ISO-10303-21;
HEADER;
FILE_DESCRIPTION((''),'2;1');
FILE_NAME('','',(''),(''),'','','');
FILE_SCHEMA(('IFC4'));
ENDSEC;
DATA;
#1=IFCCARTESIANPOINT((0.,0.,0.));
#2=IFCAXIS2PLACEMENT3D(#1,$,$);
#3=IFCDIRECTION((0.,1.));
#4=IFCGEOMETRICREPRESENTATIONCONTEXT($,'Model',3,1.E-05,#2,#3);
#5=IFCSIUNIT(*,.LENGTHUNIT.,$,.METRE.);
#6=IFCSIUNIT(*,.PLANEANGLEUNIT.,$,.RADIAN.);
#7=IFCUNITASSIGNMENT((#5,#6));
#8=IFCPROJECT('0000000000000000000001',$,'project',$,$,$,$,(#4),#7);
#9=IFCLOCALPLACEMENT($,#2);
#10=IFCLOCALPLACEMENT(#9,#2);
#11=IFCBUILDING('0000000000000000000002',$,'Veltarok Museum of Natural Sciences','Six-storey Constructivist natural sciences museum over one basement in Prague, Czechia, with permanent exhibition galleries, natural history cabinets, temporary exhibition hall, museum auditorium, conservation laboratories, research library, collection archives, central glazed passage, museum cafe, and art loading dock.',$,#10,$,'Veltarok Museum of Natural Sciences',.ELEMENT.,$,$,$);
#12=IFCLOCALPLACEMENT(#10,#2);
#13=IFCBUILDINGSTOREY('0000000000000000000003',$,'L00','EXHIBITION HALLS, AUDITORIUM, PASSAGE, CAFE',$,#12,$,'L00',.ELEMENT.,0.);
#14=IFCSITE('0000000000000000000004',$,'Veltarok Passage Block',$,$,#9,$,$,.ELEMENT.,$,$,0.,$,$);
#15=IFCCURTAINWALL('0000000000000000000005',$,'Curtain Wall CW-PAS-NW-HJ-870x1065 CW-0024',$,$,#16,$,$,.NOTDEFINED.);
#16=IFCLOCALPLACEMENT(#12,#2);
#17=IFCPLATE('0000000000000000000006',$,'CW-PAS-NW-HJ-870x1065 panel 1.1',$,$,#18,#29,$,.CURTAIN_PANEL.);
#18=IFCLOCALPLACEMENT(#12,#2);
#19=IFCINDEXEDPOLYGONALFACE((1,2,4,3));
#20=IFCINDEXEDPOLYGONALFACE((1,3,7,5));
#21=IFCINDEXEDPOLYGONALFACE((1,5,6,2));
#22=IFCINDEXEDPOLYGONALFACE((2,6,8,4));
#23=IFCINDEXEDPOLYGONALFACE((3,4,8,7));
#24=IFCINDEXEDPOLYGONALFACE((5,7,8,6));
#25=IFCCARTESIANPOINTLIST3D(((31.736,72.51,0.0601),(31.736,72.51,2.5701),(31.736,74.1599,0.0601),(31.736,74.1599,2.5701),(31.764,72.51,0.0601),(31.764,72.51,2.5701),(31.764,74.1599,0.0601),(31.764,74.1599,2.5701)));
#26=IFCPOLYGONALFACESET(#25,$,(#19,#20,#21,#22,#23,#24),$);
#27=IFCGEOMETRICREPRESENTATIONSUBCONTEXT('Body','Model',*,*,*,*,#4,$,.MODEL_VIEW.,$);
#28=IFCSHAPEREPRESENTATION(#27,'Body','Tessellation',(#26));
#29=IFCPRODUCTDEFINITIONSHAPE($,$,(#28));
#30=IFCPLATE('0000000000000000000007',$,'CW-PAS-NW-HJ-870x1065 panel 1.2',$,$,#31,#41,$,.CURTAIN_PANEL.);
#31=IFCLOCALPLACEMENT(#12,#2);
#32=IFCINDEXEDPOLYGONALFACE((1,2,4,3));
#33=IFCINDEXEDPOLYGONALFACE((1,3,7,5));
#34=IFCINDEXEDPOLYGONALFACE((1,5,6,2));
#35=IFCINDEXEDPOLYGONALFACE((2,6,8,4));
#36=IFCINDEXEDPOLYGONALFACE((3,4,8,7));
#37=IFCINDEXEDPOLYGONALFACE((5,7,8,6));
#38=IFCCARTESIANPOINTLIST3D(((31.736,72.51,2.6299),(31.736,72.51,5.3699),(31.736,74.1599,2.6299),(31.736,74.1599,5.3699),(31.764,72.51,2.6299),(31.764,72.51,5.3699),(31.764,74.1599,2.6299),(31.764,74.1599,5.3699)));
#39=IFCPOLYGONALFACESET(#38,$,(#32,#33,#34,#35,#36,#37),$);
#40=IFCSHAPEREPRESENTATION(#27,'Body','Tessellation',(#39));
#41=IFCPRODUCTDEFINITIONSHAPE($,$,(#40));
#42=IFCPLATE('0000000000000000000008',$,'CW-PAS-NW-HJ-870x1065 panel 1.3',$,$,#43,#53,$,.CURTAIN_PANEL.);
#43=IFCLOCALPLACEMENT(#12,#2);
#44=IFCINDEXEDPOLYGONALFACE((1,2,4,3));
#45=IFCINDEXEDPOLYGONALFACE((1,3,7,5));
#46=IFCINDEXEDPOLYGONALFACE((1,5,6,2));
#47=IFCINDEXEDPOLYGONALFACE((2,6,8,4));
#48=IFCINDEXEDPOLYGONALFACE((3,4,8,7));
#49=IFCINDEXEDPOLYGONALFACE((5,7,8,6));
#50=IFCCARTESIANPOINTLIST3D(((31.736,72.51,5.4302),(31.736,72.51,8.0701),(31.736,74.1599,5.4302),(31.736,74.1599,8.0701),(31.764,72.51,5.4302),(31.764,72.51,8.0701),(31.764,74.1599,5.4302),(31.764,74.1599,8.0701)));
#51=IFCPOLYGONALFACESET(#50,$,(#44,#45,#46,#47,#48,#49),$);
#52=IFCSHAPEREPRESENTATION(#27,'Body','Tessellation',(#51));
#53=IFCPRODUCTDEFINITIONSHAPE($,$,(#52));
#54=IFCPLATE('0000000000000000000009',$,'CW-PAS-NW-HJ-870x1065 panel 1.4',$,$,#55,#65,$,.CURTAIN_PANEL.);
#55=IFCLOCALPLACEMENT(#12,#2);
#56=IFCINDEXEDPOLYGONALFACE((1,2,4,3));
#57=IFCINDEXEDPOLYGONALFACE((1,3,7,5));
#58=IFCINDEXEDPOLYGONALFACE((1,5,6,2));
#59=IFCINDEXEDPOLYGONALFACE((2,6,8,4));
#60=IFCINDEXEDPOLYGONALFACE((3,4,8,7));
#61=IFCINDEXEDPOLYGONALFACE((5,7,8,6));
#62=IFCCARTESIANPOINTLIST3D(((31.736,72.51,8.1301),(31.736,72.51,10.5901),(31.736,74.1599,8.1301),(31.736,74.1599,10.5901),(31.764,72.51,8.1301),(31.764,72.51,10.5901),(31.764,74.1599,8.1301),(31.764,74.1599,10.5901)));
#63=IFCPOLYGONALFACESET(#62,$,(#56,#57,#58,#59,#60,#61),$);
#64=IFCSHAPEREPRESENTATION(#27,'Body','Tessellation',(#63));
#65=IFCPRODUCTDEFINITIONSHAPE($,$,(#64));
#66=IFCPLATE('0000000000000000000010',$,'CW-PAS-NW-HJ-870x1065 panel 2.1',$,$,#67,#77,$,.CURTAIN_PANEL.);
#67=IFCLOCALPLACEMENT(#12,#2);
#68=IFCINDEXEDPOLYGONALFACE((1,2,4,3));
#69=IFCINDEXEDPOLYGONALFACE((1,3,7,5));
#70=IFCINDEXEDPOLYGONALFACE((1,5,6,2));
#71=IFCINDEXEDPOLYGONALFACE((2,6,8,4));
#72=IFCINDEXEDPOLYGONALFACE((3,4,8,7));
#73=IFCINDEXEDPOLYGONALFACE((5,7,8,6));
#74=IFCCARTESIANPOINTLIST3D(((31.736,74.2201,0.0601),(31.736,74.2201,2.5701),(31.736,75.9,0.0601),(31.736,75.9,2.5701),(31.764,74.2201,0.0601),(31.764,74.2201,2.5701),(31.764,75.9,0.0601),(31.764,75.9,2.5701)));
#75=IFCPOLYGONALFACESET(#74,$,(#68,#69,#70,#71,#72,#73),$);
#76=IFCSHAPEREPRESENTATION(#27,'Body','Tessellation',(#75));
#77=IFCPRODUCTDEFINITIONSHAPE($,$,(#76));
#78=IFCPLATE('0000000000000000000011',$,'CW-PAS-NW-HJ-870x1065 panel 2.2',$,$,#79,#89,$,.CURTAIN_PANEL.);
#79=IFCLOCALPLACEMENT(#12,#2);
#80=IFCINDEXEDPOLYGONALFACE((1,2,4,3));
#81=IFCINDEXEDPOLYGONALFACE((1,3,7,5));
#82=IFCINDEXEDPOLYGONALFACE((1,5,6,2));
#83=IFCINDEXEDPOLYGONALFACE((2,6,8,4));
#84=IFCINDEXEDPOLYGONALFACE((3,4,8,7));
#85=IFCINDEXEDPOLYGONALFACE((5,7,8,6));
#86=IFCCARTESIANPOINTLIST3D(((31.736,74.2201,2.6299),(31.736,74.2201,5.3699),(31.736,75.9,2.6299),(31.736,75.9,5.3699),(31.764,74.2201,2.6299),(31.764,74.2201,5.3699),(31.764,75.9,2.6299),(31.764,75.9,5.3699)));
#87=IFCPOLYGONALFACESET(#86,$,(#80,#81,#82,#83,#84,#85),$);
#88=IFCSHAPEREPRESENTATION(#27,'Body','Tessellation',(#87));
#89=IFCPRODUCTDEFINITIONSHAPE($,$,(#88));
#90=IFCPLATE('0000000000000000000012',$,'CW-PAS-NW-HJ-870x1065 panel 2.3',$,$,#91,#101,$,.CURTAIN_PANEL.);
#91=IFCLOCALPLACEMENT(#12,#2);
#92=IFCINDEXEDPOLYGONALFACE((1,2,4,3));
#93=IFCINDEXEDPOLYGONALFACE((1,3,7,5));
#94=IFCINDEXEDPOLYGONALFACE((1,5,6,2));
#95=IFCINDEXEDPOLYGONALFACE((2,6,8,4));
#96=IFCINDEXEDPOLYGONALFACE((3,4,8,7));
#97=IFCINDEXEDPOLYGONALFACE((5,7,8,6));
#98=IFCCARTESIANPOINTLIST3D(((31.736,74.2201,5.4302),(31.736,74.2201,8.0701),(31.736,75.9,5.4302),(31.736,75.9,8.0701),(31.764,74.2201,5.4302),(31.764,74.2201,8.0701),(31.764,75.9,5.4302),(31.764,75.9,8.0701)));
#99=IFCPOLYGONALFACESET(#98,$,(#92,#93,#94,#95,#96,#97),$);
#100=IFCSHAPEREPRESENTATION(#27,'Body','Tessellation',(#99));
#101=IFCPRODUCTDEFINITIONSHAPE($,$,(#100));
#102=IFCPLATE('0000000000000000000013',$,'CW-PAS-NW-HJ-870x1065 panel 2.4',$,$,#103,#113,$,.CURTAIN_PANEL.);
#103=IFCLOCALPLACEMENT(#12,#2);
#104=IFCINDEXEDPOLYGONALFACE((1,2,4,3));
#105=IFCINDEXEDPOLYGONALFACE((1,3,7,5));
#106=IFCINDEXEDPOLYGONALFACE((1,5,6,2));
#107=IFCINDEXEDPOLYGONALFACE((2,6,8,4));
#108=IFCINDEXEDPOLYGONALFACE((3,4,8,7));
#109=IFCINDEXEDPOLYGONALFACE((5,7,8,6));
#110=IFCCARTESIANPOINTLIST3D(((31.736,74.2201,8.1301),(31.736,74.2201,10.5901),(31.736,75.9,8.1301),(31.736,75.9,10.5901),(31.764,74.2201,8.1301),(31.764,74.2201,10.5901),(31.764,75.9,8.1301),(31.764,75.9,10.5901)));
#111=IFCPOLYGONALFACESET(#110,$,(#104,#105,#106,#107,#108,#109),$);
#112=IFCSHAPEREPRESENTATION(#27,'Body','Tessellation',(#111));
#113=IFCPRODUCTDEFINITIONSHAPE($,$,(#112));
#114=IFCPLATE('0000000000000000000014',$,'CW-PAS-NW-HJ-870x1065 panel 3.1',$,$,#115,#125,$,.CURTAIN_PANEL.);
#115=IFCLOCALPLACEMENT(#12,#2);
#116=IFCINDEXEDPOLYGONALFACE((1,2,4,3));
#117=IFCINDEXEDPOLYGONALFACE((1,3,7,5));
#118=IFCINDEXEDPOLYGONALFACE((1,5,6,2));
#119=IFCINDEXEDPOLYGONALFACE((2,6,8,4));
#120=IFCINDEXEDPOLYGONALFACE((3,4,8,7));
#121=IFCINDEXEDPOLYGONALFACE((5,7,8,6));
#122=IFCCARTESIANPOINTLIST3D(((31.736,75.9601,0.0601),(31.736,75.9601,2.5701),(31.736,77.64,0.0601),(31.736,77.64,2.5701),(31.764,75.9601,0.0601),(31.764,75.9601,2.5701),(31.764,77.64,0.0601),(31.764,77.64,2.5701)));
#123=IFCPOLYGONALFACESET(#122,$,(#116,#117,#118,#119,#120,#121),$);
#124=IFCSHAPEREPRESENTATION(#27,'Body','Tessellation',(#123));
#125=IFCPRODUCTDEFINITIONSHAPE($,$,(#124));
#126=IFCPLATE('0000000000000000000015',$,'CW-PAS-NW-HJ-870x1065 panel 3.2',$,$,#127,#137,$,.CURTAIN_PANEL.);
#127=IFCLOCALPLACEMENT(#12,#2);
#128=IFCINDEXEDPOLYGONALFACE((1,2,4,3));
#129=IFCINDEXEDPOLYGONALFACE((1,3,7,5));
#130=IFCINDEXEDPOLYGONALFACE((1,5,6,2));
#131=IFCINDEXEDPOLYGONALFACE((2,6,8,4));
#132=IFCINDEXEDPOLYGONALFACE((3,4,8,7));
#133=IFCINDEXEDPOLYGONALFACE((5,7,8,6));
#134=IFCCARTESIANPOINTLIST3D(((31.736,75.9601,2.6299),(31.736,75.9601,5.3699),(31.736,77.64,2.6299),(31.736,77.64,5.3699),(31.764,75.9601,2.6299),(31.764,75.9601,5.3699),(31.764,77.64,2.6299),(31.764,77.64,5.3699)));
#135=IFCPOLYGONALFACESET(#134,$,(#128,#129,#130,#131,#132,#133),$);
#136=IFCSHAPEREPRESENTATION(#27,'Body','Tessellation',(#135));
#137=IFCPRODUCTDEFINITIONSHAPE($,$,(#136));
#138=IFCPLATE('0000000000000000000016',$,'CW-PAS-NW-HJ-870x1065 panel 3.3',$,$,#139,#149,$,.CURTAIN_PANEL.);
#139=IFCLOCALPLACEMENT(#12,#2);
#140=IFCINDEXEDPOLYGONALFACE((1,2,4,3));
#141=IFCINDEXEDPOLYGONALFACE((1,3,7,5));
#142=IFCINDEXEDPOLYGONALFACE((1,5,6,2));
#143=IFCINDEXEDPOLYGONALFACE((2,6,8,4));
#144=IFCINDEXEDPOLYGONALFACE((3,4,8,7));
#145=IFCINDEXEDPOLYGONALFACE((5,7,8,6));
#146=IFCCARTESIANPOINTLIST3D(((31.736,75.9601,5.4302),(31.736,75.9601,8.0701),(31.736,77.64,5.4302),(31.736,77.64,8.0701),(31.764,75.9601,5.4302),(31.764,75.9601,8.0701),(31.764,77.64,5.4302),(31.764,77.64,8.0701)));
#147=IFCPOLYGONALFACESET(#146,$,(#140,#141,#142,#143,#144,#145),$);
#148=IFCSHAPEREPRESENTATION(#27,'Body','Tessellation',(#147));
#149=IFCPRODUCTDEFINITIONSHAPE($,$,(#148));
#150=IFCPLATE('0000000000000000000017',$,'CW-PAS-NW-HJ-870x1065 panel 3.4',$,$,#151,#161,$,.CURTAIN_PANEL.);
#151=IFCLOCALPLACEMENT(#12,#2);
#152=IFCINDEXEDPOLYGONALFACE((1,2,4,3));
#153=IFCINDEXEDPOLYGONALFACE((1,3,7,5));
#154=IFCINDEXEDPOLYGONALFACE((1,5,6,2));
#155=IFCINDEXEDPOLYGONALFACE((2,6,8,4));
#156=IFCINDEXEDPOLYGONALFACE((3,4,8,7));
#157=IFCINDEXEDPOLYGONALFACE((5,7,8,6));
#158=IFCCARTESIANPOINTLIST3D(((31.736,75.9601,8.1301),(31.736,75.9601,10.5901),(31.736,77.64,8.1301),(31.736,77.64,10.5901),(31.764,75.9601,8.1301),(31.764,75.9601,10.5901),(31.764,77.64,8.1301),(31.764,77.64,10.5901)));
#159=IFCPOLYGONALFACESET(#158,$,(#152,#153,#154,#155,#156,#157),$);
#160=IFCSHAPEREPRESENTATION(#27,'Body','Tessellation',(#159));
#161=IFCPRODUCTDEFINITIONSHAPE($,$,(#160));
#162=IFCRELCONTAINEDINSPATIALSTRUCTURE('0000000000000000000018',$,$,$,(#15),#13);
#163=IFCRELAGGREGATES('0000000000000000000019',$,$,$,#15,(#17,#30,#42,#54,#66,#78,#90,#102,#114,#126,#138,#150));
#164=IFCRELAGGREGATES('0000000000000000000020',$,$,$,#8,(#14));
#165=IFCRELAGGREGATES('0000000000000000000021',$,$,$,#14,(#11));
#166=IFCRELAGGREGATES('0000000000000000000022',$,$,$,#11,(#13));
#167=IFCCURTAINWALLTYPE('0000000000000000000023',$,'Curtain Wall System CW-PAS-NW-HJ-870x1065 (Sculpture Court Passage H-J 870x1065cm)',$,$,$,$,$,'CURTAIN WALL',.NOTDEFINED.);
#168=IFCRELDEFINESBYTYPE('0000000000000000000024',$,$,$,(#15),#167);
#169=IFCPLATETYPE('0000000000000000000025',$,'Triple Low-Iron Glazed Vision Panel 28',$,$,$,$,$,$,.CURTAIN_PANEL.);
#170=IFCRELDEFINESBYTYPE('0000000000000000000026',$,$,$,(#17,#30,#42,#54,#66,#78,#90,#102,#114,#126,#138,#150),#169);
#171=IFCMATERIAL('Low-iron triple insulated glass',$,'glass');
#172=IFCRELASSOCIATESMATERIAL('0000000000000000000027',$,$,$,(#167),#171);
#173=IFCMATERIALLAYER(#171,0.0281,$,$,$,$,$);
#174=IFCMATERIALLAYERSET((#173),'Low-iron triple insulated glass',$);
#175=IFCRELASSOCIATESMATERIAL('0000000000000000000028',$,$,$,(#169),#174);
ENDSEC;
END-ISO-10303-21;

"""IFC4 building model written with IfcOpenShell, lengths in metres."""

from ifc_helpers import new_model, si_unit, direction, frame, origin, origin_2d, place, context, subcontext, project, spatial, rectangle, extrude, material, layer, layer_set, type_object, element, aggregate, save


model = new_model("IFC4")

# Units and contexts
model_context = context("Model", 3, precision=1e-05, world=origin(), true_north=direction((0.0, 1.0)))
body_context = subcontext(model_context, "Body", "Model", "MODEL_VIEW")
ifc_project = project(units=[si_unit("LENGTHUNIT", "METRE"), si_unit("PLANEANGLEUNIT", "RADIAN")], contexts=[model_context])

# Site, building, storey
site_placement = place(None, origin())
site = spatial("IfcSite", under=ifc_project, at=site_placement, Name="Veltarok Passage Block", CompositionType="ELEMENT", RefElevation=0.0)
building_placement = place(site_placement, origin())
building = spatial("IfcBuilding", under=site, at=building_placement, Name="Veltarok Museum of Natural Sciences", Description="Six-storey Constructivist natural sciences museum over one basement in Prague, Czechia, with permanent exhibition galleries, natural history cabinets, temporary exhibition hall, museum auditorium, conservation laboratories, research library, collection archives, central glazed passage, museum cafe, and art loading dock.", LongName="Veltarok Museum of Natural Sciences", CompositionType="ELEMENT")
storey_placement = place(building_placement, origin())
storey = spatial("IfcBuildingStorey", under=building, at=storey_placement, Name="L00", Description="EXHIBITION HALLS, AUDITORIUM, PASSAGE, CAFE", LongName="L00", CompositionType="ELEMENT", Elevation=0.0)

# Curtain wall
ifc_material_1 = material(Name="Low-iron triple insulated glass", Category="glass")
curtain_wall_type = type_object("IfcCurtainWallType", Name="Curtain Wall System CW-PAS-NW-HJ-870x1065 (Sculpture Court Passage H-J 870x1065cm)", ElementType="CURTAIN WALL", PredefinedType="NOTDEFINED", material=ifc_material_1)
curtain_wall_placement = place(storey_placement, origin())
curtain_wall = element("IfcCurtainWall", 1, at=curtain_wall_placement, inside=storey, type_object=curtain_wall_type, Name="Curtain Wall CW-PAS-NW-HJ-870x1065 CW-0024", PredefinedType="NOTDEFINED")

# Plates
ifc_layer = layer(ifc_material_1, 0.0281)
ifc_layer_set = layer_set([ifc_layer], Name="Low-iron triple insulated glass")
plate_type = type_object("IfcPlateType", Name="Triple Low-Iron Glazed Vision Panel 28", PredefinedType="CURTAIN_PANEL", material=ifc_layer_set)
plate_1_placement = place(storey_placement, frame((31.75, 73.335, 0.0601), z_axis=(0.0, 0.0, 1.0), x_axis=(0.0, 1.0, 0.0)))
plate_1 = element("IfcPlate", 2, at=plate_1_placement, type_object=plate_type, Name="CW-PAS-NW-HJ-870x1065 panel 1.1", PredefinedType="CURTAIN_PANEL", context=body_context, shape_type="SweptSolid", body=[
    extrude(rectangle(XDim=1.6499, YDim=0.0281, at=origin_2d()), origin(), (0.0, 0.0, 1.0), 2.51),
])
plate_2_placement = place(storey_placement, frame((31.75, 73.335, 2.6299), z_axis=(0.0, 0.0, 1.0), x_axis=(0.0, 1.0, 0.0)))
plate_2 = element("IfcPlate", 3, at=plate_2_placement, type_object=plate_type, Name="CW-PAS-NW-HJ-870x1065 panel 1.2", PredefinedType="CURTAIN_PANEL", context=body_context, shape_type="SweptSolid", body=[
    extrude(rectangle(XDim=1.6499, YDim=0.0281, at=origin_2d()), origin(), (0.0, 0.0, 1.0), 2.74),
])
plate_3_placement = place(storey_placement, frame((31.75, 73.335, 5.4302), z_axis=(0.0, 0.0, 1.0), x_axis=(0.0, 1.0, 0.0)))
plate_3 = element("IfcPlate", 4, at=plate_3_placement, type_object=plate_type, Name="CW-PAS-NW-HJ-870x1065 panel 1.3", PredefinedType="CURTAIN_PANEL", context=body_context, shape_type="SweptSolid", body=[
    extrude(rectangle(XDim=1.6499, YDim=0.0281, at=origin_2d()), origin(), (0.0, 0.0, 1.0), 2.6399),
])
plate_4_placement = place(storey_placement, frame((31.75, 73.335, 8.1301), z_axis=(0.0, 0.0, 1.0), x_axis=(0.0, 1.0, 0.0)))
plate_4 = element("IfcPlate", 5, at=plate_4_placement, type_object=plate_type, Name="CW-PAS-NW-HJ-870x1065 panel 1.4", PredefinedType="CURTAIN_PANEL", context=body_context, shape_type="SweptSolid", body=[
    extrude(rectangle(XDim=1.6499, YDim=0.0281, at=origin_2d()), origin(), (0.0, 0.0, 1.0), 2.46),
])
plate_5_placement = place(storey_placement, frame((31.75, 75.0601, 0.0601), z_axis=(0.0, 0.0, 1.0), x_axis=(0.0, 1.0, 0.0)))
plate_5 = element("IfcPlate", 6, at=plate_5_placement, type_object=plate_type, Name="CW-PAS-NW-HJ-870x1065 panel 2.1", PredefinedType="CURTAIN_PANEL", context=body_context, shape_type="SweptSolid", body=[
    extrude(rectangle(XDim=1.6799, YDim=0.0281, at=origin_2d()), origin(), (0.0, 0.0, 1.0), 2.51),
])
plate_6_placement = place(storey_placement, frame((31.75, 75.0601, 2.6299), z_axis=(0.0, 0.0, 1.0), x_axis=(0.0, 1.0, 0.0)))
plate_6 = element("IfcPlate", 7, at=plate_6_placement, type_object=plate_type, Name="CW-PAS-NW-HJ-870x1065 panel 2.2", PredefinedType="CURTAIN_PANEL", context=body_context, shape_type="SweptSolid", body=[
    extrude(rectangle(XDim=1.6799, YDim=0.0281, at=origin_2d()), origin(), (0.0, 0.0, 1.0), 2.74),
])
plate_7_placement = place(storey_placement, frame((31.75, 75.0601, 5.4302), z_axis=(0.0, 0.0, 1.0), x_axis=(0.0, 1.0, 0.0)))
plate_7 = element("IfcPlate", 8, at=plate_7_placement, type_object=plate_type, Name="CW-PAS-NW-HJ-870x1065 panel 2.3", PredefinedType="CURTAIN_PANEL", context=body_context, shape_type="SweptSolid", body=[
    extrude(rectangle(XDim=1.6799, YDim=0.0281, at=origin_2d()), origin(), (0.0, 0.0, 1.0), 2.6399),
])
plate_8_placement = place(storey_placement, frame((31.75, 75.0601, 8.1301), z_axis=(0.0, 0.0, 1.0), x_axis=(0.0, 1.0, 0.0)))
plate_8 = element("IfcPlate", 9, at=plate_8_placement, type_object=plate_type, Name="CW-PAS-NW-HJ-870x1065 panel 2.4", PredefinedType="CURTAIN_PANEL", context=body_context, shape_type="SweptSolid", body=[
    extrude(rectangle(XDim=1.6799, YDim=0.0281, at=origin_2d()), origin(), (0.0, 0.0, 1.0), 2.46),
])
plate_9_placement = place(storey_placement, frame((31.75, 76.8, 0.0601), z_axis=(0.0, 0.0, 1.0), x_axis=(0.0, 1.0, 0.0)))
plate_9 = element("IfcPlate", 10, at=plate_9_placement, type_object=plate_type, Name="CW-PAS-NW-HJ-870x1065 panel 3.1", PredefinedType="CURTAIN_PANEL", context=body_context, shape_type="SweptSolid", body=[
    extrude(rectangle(XDim=1.6799, YDim=0.0281, at=origin_2d()), origin(), (0.0, 0.0, 1.0), 2.51),
])
plate_10_placement = place(storey_placement, frame((31.75, 76.8, 2.6299), z_axis=(0.0, 0.0, 1.0), x_axis=(0.0, 1.0, 0.0)))
plate_10 = element("IfcPlate", 11, at=plate_10_placement, type_object=plate_type, Name="CW-PAS-NW-HJ-870x1065 panel 3.2", PredefinedType="CURTAIN_PANEL", context=body_context, shape_type="SweptSolid", body=[
    extrude(rectangle(XDim=1.6799, YDim=0.0281, at=origin_2d()), origin(), (0.0, 0.0, 1.0), 2.74),
])
plate_11_placement = place(storey_placement, frame((31.75, 76.8, 5.4302), z_axis=(0.0, 0.0, 1.0), x_axis=(0.0, 1.0, 0.0)))
plate_11 = element("IfcPlate", 12, at=plate_11_placement, type_object=plate_type, Name="CW-PAS-NW-HJ-870x1065 panel 3.3", PredefinedType="CURTAIN_PANEL", context=body_context, shape_type="SweptSolid", body=[
    extrude(rectangle(XDim=1.6799, YDim=0.0281, at=origin_2d()), origin(), (0.0, 0.0, 1.0), 2.6399),
])
plate_12_placement = place(storey_placement, frame((31.75, 76.8, 8.1301), z_axis=(0.0, 0.0, 1.0), x_axis=(0.0, 1.0, 0.0)))
plate_12 = element("IfcPlate", 13, at=plate_12_placement, type_object=plate_type, Name="CW-PAS-NW-HJ-870x1065 panel 3.4", PredefinedType="CURTAIN_PANEL", context=body_context, shape_type="SweptSolid", body=[
    extrude(rectangle(XDim=1.6799, YDim=0.0281, at=origin_2d()), origin(), (0.0, 0.0, 1.0), 2.46),
])
aggregate(curtain_wall, [plate_1, plate_2, plate_3, plate_4, plate_5, plate_6, plate_7, plate_8, plate_9, plate_10, plate_11, plate_12])

save(model, "model.ifc")
